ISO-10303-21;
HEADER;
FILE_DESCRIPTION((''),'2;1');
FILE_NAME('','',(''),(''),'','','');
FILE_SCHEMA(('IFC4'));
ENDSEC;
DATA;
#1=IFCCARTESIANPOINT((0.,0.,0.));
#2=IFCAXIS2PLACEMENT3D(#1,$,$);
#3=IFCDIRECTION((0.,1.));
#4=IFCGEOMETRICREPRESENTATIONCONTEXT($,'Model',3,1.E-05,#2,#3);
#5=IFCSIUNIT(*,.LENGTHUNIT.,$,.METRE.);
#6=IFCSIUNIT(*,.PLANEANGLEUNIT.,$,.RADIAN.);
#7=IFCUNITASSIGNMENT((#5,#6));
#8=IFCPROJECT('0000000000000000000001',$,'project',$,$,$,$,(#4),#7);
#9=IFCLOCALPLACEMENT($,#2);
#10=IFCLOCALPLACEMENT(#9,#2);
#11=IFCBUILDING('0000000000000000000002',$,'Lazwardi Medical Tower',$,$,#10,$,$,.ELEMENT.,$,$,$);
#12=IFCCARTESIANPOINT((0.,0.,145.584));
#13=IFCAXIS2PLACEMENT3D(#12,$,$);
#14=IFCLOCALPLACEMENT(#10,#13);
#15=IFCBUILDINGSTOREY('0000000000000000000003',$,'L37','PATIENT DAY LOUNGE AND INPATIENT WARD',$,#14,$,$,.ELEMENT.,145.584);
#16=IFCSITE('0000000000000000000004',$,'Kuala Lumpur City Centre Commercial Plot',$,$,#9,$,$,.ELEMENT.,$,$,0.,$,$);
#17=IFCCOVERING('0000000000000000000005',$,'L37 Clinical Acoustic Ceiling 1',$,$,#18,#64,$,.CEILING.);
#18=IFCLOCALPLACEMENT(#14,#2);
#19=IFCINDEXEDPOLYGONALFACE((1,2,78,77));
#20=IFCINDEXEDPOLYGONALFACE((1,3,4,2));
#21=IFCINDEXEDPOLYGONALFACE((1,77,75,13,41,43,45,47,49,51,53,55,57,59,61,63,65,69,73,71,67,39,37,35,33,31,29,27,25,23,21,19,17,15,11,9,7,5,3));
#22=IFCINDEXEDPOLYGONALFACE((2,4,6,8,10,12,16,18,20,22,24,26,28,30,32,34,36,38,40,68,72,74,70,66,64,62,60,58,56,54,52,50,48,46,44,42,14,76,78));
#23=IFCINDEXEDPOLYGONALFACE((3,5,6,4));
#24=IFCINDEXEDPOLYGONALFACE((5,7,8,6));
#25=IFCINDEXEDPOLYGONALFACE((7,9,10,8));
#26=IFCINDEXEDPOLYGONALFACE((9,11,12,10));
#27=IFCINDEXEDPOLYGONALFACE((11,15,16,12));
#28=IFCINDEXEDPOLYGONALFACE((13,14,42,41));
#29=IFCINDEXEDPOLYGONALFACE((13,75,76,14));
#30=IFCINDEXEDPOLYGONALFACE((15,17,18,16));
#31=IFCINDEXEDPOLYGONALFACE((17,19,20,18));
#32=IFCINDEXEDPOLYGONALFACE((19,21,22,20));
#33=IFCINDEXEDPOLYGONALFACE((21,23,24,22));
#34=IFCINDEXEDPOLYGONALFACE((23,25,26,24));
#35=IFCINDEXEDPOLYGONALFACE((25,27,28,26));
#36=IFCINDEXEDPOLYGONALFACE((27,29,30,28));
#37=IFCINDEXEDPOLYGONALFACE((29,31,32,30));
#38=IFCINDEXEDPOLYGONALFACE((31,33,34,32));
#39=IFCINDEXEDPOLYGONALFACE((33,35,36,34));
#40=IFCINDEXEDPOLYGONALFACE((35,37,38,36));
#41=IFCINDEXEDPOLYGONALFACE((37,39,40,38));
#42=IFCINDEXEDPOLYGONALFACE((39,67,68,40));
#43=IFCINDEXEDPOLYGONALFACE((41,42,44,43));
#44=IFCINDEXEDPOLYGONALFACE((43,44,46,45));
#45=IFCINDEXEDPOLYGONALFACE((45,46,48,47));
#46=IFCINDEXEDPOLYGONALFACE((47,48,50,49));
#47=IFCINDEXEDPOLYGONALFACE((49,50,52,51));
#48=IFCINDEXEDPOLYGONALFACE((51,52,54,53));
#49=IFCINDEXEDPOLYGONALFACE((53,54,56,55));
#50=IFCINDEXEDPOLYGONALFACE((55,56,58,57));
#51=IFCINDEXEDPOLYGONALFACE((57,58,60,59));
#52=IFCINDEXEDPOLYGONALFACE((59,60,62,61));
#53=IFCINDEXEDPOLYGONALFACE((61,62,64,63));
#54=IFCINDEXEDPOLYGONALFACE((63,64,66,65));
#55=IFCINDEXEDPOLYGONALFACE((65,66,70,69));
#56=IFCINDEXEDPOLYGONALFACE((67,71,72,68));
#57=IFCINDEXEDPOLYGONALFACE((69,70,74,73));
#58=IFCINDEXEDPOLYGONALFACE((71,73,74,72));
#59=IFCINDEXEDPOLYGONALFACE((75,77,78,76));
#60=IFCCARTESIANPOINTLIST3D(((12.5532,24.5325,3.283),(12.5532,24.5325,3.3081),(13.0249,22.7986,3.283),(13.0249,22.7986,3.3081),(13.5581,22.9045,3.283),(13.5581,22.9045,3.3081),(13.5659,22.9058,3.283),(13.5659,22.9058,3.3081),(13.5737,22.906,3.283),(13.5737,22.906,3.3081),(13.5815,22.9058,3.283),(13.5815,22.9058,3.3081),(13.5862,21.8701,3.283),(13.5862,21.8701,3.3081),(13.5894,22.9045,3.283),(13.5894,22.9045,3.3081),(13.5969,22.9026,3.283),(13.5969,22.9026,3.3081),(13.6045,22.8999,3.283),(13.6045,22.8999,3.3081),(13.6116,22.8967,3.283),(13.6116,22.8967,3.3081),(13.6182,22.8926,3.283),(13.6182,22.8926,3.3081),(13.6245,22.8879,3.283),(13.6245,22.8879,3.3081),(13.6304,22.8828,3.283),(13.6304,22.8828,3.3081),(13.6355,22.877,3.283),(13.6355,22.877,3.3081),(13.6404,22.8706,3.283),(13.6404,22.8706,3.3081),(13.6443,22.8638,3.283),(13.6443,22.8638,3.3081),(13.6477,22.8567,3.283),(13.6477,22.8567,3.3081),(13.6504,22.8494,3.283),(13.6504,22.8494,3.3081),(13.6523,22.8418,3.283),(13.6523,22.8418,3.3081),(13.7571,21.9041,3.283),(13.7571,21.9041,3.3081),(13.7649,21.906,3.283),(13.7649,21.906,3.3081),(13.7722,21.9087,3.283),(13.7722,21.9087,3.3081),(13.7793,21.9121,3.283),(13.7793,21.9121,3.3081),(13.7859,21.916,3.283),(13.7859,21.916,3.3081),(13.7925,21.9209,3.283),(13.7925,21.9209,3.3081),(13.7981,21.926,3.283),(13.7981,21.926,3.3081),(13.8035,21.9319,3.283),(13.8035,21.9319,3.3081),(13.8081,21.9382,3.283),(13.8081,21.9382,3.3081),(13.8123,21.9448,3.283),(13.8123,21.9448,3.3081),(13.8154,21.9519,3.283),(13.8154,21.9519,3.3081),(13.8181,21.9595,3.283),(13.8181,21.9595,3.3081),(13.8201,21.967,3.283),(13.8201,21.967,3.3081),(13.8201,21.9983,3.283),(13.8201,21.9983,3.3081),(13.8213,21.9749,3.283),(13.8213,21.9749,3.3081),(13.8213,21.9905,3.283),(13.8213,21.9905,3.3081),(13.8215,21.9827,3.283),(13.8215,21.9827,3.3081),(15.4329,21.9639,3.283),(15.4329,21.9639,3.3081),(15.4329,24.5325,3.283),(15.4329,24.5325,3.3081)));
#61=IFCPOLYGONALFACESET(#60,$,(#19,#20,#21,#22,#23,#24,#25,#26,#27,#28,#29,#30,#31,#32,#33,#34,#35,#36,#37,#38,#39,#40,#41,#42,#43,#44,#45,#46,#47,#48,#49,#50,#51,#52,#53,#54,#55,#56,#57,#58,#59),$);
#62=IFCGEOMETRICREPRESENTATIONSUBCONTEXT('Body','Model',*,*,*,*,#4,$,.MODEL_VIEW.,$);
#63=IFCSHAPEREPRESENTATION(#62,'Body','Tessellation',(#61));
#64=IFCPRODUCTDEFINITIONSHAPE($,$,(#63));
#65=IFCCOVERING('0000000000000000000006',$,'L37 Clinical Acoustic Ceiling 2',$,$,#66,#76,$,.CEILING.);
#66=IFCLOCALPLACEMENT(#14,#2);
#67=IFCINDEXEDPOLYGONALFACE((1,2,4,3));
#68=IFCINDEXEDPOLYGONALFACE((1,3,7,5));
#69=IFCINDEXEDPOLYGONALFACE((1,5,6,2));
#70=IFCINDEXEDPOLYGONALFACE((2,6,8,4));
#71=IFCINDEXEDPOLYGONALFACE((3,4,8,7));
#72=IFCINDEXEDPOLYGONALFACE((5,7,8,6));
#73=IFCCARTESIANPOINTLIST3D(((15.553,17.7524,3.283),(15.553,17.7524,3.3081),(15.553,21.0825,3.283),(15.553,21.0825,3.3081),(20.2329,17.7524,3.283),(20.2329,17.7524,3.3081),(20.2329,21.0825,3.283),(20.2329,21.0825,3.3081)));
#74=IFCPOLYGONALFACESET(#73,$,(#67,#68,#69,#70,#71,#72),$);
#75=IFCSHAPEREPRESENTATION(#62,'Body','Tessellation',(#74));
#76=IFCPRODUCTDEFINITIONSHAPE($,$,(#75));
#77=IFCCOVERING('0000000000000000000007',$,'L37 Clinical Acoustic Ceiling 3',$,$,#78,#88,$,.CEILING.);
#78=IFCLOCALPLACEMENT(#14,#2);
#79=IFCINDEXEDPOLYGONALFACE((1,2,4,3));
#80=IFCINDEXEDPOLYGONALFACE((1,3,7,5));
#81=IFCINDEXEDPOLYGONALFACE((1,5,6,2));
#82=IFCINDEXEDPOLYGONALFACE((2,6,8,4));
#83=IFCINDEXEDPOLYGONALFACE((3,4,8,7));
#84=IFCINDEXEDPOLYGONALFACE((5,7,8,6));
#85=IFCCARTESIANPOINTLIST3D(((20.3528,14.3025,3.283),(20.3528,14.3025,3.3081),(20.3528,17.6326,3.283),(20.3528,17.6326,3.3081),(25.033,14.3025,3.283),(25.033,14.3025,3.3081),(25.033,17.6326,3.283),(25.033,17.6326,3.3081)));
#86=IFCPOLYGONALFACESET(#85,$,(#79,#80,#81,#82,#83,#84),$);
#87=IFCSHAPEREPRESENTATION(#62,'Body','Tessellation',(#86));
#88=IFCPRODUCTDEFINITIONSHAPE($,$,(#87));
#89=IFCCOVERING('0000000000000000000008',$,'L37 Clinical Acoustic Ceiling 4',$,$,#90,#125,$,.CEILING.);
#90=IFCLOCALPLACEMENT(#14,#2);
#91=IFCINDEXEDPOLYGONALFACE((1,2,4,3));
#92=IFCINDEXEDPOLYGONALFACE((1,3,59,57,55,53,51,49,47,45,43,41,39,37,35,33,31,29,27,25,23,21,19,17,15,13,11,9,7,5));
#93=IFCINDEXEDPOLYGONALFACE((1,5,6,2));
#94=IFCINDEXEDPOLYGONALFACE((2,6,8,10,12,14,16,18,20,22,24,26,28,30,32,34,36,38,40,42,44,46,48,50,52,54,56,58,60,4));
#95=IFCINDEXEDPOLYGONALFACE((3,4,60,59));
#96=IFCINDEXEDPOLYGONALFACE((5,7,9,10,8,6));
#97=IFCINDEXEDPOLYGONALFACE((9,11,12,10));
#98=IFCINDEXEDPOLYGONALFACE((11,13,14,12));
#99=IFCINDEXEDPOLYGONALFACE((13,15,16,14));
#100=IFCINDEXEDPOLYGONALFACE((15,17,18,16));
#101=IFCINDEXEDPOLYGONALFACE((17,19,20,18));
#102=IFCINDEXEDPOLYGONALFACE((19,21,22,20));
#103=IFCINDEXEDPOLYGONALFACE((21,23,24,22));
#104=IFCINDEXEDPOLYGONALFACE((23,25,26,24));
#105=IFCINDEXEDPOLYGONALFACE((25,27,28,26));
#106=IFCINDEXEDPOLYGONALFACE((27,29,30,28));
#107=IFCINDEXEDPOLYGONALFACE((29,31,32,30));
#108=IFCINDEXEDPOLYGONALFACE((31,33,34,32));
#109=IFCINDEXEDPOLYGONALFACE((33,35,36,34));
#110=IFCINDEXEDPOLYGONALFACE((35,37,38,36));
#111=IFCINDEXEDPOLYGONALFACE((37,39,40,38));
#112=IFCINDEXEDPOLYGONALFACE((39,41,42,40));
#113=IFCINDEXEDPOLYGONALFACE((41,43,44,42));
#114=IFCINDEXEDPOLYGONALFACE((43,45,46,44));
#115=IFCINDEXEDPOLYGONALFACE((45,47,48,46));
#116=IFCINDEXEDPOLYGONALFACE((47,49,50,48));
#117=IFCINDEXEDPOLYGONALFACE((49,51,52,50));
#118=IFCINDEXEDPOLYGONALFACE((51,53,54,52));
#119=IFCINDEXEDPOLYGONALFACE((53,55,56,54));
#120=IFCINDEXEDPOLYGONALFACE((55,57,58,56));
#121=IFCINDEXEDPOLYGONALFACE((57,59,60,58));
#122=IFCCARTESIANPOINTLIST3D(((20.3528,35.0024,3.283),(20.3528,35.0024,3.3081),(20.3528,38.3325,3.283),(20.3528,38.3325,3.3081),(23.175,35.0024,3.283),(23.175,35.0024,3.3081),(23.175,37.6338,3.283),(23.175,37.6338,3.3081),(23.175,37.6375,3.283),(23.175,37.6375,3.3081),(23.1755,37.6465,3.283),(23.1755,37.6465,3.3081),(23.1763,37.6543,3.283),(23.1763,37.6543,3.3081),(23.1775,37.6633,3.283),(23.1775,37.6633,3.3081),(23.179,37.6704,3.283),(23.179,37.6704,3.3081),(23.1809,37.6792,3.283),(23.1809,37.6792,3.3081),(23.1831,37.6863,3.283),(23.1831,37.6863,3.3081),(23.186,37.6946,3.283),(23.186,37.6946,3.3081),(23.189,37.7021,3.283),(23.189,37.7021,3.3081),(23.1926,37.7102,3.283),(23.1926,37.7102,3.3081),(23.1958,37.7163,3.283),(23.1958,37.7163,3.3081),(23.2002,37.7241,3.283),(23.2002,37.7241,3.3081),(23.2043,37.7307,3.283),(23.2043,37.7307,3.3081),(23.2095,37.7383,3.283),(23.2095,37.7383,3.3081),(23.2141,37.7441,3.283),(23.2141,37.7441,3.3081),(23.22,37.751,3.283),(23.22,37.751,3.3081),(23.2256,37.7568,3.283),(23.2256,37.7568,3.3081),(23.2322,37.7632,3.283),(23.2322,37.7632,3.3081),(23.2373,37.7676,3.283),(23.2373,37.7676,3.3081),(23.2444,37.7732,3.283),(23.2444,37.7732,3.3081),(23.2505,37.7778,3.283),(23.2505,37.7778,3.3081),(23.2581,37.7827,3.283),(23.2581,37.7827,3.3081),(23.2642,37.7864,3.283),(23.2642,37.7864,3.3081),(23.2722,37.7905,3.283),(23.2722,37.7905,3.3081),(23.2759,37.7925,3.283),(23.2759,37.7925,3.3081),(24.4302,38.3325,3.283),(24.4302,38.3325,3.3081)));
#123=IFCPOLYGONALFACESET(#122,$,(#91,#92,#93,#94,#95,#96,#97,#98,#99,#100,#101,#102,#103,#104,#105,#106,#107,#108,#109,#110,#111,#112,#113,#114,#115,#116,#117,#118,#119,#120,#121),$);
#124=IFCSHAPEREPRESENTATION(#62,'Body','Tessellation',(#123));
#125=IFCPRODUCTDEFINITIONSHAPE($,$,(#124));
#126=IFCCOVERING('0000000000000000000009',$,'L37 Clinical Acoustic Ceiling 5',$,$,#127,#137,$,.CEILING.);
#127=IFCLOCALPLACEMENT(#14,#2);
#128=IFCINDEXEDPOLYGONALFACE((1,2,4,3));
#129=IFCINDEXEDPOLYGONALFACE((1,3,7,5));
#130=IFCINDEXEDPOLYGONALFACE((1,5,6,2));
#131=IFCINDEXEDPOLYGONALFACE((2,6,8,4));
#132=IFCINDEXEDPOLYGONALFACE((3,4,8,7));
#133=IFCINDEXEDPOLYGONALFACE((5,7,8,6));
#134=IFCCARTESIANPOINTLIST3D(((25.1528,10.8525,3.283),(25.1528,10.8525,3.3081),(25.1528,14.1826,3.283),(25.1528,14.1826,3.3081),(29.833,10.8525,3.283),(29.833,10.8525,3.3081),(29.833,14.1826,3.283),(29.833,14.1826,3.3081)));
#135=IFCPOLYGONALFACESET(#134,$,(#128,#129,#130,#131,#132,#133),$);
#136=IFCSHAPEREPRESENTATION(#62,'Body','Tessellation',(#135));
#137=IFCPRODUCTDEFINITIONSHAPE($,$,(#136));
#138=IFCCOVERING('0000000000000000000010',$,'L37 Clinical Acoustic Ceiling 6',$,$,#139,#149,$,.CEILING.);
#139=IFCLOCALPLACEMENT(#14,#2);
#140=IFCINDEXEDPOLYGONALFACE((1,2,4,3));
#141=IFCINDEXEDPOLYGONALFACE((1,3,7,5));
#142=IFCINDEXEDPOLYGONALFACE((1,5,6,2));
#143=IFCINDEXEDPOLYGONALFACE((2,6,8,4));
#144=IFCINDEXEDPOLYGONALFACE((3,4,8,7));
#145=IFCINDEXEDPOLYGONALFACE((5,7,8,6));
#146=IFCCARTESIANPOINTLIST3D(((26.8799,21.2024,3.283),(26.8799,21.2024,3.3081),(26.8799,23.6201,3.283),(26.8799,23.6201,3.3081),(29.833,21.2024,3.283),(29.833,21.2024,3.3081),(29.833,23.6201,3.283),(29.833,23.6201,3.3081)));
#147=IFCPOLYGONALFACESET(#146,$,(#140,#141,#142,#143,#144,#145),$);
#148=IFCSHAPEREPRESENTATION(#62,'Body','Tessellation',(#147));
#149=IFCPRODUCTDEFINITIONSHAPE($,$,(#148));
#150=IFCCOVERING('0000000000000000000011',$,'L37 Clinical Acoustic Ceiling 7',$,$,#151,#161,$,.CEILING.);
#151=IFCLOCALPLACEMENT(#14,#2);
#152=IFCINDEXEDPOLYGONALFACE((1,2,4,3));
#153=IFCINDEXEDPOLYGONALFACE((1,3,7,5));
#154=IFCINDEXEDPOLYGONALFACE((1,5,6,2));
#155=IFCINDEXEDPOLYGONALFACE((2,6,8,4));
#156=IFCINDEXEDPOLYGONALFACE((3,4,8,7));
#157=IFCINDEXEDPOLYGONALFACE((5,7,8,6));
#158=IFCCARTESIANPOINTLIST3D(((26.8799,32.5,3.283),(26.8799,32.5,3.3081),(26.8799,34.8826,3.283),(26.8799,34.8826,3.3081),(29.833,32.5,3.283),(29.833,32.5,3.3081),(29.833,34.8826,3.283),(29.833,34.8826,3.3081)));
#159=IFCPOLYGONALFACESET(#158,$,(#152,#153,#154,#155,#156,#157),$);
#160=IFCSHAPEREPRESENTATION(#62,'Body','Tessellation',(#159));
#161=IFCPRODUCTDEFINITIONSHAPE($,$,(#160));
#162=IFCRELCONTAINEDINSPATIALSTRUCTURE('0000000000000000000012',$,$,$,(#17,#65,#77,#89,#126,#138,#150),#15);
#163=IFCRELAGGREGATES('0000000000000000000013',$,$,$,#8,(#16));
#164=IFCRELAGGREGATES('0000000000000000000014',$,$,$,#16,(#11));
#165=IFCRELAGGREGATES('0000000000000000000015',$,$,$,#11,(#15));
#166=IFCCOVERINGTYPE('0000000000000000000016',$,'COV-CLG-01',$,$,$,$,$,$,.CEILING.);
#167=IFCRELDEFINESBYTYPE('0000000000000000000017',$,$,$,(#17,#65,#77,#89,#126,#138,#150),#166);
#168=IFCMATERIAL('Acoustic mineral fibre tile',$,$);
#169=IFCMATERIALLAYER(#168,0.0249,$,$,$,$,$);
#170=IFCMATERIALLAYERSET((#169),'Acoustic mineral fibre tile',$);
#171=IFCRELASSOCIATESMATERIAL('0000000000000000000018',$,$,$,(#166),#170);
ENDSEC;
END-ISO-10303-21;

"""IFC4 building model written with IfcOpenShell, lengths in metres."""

from ifc_helpers import new_model, si_unit, direction, frame, origin, place, context, subcontext, project, spatial, polyline, outline, extrude, material, layer, layer_set, type_object, element, save


model = new_model("IFC4")

# Units and contexts
model_context = context("Model", 3, precision=1e-05, world=origin(), true_north=direction((0.0, 1.0)))
body_context = subcontext(model_context, "Body", "Model", "MODEL_VIEW")
ifc_project = project(units=[si_unit("LENGTHUNIT", "METRE"), si_unit("PLANEANGLEUNIT", "RADIAN")], contexts=[model_context])

# Site, building, storey
site_placement = place(None, origin())
site = spatial("IfcSite", under=ifc_project, at=site_placement, Name="Kuala Lumpur City Centre Commercial Plot", CompositionType="ELEMENT", RefElevation=0.0)
building_placement = place(site_placement, origin())
building = spatial("IfcBuilding", under=site, at=building_placement, Name="Lazwardi Medical Tower", CompositionType="ELEMENT")
storey_placement = place(building_placement, frame((0.0, 0.0, 145.584)))
storey = spatial("IfcBuildingStorey", under=building, at=storey_placement, Name="L37", Description="PATIENT DAY LOUNGE AND INPATIENT WARD", CompositionType="ELEMENT", Elevation=145.584)

# Coverings
ifc_material_1 = material(Name="Acoustic mineral fibre tile")
ifc_layer_1 = layer(ifc_material_1, 0.0249)
ifc_layer_set_1 = layer_set([ifc_layer_1], Name="Acoustic mineral fibre tile")
covering_type_1 = type_object("IfcCoveringType", Name="COV-CLG-01", PredefinedType="CEILING", material=ifc_layer_set_1)
covering_1_placement = place(storey_placement, frame((0.0, 0.0, 3.283)))
element("IfcCovering", 1, at=covering_1_placement, inside=storey, type_object=covering_type_1, Name="L37 Clinical Acoustic Ceiling 1", PredefinedType="CEILING", context=body_context, shape_type="SweptSolid", body=[
    extrude(outline(polyline([(12.5532, 24.5325), (13.0249, 22.7986), (13.5581, 22.9045), (13.5659, 22.9058), (13.5737, 22.906), (13.5815, 22.9058), (13.5894, 22.9045), (13.5969, 22.9026), (13.6045, 22.8999), (13.6116, 22.8967), (13.6182, 22.8926), (13.6245, 22.8879), (13.6304, 22.8828), (13.6355, 22.877), (13.6404, 22.8706), (13.6443, 22.8638), (13.6477, 22.8567), (13.6504, 22.8494), (13.6523, 22.8418), (13.8201, 21.9983), (13.8213, 21.9905), (13.8215, 21.9827), (13.8213, 21.9749), (13.8201, 21.967), (13.8181, 21.9595), (13.8154, 21.9519), (13.8123, 21.9448), (13.8081, 21.9382), (13.8035, 21.9319), (13.7981, 21.926), (13.7925, 21.9209), (13.7859, 21.916), (13.7793, 21.9121), (13.7722, 21.9087), (13.7649, 21.906), (13.7571, 21.9041), (13.5862, 21.8701), (15.4329, 21.9639), (15.4329, 24.5325), (12.5532, 24.5325)])), origin(), (0.0, 0.0, 1.0), 0.0251),
])
covering_2_placement = place(storey_placement, frame((0.0, 0.0, 3.283)))
element("IfcCovering", 2, at=covering_2_placement, inside=storey, type_object=covering_type_1, Name="L37 Clinical Acoustic Ceiling 2", PredefinedType="CEILING", context=body_context, shape_type="SweptSolid", body=[
    extrude(outline(polyline([(20.2329, 17.7524), (20.2329, 21.0825), (15.553, 21.0825), (15.553, 17.7524), (20.2329, 17.7524)])), origin(), (0.0, 0.0, 1.0), 0.0251),
])
covering_3_placement = place(storey_placement, frame((0.0, 0.0, 3.283)))
element("IfcCovering", 3, at=covering_3_placement, inside=storey, type_object=covering_type_1, Name="L37 Clinical Acoustic Ceiling 3", PredefinedType="CEILING", context=body_context, shape_type="SweptSolid", body=[
    extrude(outline(polyline([(25.033, 14.3025), (25.033, 17.6326), (20.3528, 17.6326), (20.3528, 14.3025), (25.033, 14.3025)])), origin(), (0.0, 0.0, 1.0), 0.0251),
])
covering_4_placement = place(storey_placement, frame((0.0, 0.0, 3.283)))
element("IfcCovering", 4, at=covering_4_placement, inside=storey, type_object=covering_type_1, Name="L37 Clinical Acoustic Ceiling 4", PredefinedType="CEILING", context=body_context, shape_type="SweptSolid", body=[
    extrude(outline(polyline([(23.175, 35.0024), (23.175, 37.6338), (23.175, 37.6375), (23.1755, 37.6465), (23.1763, 37.6543), (23.1775, 37.6633), (23.179, 37.6704), (23.1809, 37.6792), (23.1831, 37.6863), (23.186, 37.6946), (23.189, 37.7021), (23.1926, 37.7102), (23.1958, 37.7163), (23.2002, 37.7241), (23.2043, 37.7307), (23.2095, 37.7383), (23.2141, 37.7441), (23.22, 37.751), (23.2256, 37.7568), (23.2322, 37.7632), (23.2373, 37.7676), (23.2444, 37.7732), (23.2505, 37.7778), (23.2581, 37.7827), (23.2642, 37.7864), (23.2722, 37.7905), (23.2759, 37.7925), (24.4302, 38.3325), (20.3528, 38.3325), (20.3528, 35.0024), (23.175, 35.0024)])), origin(), (0.0, 0.0, 1.0), 0.0251),
])
covering_5_placement = place(storey_placement, frame((0.0, 0.0, 3.283)))
element("IfcCovering", 5, at=covering_5_placement, inside=storey, type_object=covering_type_1, Name="L37 Clinical Acoustic Ceiling 5", PredefinedType="CEILING", context=body_context, shape_type="SweptSolid", body=[
    extrude(outline(polyline([(29.833, 10.8525), (29.833, 14.1826), (25.1528, 14.1826), (25.1528, 10.8525), (29.833, 10.8525)])), origin(), (0.0, 0.0, 1.0), 0.0251),
])
covering_6_placement = place(storey_placement, frame((0.0, 0.0, 3.283)))
element("IfcCovering", 6, at=covering_6_placement, inside=storey, type_object=covering_type_1, Name="L37 Clinical Acoustic Ceiling 6", PredefinedType="CEILING", context=body_context, shape_type="SweptSolid", body=[
    extrude(outline(polyline([(29.833, 23.6201), (26.8799, 23.6201), (26.8799, 21.2024), (29.833, 21.2024), (29.833, 23.6201)])), origin(), (0.0, 0.0, 1.0), 0.0251),
])
covering_7_placement = place(storey_placement, frame((0.0, 0.0, 3.283)))
element("IfcCovering", 7, at=covering_7_placement, inside=storey, type_object=covering_type_1, Name="L37 Clinical Acoustic Ceiling 7", PredefinedType="CEILING", context=body_context, shape_type="SweptSolid", body=[
    extrude(outline(polyline([(26.8799, 34.8826), (26.8799, 32.5), (29.833, 32.5), (29.833, 34.8826), (26.8799, 34.8826)])), origin(), (0.0, 0.0, 1.0), 0.0251),
])

save(model, "model.ifc")
